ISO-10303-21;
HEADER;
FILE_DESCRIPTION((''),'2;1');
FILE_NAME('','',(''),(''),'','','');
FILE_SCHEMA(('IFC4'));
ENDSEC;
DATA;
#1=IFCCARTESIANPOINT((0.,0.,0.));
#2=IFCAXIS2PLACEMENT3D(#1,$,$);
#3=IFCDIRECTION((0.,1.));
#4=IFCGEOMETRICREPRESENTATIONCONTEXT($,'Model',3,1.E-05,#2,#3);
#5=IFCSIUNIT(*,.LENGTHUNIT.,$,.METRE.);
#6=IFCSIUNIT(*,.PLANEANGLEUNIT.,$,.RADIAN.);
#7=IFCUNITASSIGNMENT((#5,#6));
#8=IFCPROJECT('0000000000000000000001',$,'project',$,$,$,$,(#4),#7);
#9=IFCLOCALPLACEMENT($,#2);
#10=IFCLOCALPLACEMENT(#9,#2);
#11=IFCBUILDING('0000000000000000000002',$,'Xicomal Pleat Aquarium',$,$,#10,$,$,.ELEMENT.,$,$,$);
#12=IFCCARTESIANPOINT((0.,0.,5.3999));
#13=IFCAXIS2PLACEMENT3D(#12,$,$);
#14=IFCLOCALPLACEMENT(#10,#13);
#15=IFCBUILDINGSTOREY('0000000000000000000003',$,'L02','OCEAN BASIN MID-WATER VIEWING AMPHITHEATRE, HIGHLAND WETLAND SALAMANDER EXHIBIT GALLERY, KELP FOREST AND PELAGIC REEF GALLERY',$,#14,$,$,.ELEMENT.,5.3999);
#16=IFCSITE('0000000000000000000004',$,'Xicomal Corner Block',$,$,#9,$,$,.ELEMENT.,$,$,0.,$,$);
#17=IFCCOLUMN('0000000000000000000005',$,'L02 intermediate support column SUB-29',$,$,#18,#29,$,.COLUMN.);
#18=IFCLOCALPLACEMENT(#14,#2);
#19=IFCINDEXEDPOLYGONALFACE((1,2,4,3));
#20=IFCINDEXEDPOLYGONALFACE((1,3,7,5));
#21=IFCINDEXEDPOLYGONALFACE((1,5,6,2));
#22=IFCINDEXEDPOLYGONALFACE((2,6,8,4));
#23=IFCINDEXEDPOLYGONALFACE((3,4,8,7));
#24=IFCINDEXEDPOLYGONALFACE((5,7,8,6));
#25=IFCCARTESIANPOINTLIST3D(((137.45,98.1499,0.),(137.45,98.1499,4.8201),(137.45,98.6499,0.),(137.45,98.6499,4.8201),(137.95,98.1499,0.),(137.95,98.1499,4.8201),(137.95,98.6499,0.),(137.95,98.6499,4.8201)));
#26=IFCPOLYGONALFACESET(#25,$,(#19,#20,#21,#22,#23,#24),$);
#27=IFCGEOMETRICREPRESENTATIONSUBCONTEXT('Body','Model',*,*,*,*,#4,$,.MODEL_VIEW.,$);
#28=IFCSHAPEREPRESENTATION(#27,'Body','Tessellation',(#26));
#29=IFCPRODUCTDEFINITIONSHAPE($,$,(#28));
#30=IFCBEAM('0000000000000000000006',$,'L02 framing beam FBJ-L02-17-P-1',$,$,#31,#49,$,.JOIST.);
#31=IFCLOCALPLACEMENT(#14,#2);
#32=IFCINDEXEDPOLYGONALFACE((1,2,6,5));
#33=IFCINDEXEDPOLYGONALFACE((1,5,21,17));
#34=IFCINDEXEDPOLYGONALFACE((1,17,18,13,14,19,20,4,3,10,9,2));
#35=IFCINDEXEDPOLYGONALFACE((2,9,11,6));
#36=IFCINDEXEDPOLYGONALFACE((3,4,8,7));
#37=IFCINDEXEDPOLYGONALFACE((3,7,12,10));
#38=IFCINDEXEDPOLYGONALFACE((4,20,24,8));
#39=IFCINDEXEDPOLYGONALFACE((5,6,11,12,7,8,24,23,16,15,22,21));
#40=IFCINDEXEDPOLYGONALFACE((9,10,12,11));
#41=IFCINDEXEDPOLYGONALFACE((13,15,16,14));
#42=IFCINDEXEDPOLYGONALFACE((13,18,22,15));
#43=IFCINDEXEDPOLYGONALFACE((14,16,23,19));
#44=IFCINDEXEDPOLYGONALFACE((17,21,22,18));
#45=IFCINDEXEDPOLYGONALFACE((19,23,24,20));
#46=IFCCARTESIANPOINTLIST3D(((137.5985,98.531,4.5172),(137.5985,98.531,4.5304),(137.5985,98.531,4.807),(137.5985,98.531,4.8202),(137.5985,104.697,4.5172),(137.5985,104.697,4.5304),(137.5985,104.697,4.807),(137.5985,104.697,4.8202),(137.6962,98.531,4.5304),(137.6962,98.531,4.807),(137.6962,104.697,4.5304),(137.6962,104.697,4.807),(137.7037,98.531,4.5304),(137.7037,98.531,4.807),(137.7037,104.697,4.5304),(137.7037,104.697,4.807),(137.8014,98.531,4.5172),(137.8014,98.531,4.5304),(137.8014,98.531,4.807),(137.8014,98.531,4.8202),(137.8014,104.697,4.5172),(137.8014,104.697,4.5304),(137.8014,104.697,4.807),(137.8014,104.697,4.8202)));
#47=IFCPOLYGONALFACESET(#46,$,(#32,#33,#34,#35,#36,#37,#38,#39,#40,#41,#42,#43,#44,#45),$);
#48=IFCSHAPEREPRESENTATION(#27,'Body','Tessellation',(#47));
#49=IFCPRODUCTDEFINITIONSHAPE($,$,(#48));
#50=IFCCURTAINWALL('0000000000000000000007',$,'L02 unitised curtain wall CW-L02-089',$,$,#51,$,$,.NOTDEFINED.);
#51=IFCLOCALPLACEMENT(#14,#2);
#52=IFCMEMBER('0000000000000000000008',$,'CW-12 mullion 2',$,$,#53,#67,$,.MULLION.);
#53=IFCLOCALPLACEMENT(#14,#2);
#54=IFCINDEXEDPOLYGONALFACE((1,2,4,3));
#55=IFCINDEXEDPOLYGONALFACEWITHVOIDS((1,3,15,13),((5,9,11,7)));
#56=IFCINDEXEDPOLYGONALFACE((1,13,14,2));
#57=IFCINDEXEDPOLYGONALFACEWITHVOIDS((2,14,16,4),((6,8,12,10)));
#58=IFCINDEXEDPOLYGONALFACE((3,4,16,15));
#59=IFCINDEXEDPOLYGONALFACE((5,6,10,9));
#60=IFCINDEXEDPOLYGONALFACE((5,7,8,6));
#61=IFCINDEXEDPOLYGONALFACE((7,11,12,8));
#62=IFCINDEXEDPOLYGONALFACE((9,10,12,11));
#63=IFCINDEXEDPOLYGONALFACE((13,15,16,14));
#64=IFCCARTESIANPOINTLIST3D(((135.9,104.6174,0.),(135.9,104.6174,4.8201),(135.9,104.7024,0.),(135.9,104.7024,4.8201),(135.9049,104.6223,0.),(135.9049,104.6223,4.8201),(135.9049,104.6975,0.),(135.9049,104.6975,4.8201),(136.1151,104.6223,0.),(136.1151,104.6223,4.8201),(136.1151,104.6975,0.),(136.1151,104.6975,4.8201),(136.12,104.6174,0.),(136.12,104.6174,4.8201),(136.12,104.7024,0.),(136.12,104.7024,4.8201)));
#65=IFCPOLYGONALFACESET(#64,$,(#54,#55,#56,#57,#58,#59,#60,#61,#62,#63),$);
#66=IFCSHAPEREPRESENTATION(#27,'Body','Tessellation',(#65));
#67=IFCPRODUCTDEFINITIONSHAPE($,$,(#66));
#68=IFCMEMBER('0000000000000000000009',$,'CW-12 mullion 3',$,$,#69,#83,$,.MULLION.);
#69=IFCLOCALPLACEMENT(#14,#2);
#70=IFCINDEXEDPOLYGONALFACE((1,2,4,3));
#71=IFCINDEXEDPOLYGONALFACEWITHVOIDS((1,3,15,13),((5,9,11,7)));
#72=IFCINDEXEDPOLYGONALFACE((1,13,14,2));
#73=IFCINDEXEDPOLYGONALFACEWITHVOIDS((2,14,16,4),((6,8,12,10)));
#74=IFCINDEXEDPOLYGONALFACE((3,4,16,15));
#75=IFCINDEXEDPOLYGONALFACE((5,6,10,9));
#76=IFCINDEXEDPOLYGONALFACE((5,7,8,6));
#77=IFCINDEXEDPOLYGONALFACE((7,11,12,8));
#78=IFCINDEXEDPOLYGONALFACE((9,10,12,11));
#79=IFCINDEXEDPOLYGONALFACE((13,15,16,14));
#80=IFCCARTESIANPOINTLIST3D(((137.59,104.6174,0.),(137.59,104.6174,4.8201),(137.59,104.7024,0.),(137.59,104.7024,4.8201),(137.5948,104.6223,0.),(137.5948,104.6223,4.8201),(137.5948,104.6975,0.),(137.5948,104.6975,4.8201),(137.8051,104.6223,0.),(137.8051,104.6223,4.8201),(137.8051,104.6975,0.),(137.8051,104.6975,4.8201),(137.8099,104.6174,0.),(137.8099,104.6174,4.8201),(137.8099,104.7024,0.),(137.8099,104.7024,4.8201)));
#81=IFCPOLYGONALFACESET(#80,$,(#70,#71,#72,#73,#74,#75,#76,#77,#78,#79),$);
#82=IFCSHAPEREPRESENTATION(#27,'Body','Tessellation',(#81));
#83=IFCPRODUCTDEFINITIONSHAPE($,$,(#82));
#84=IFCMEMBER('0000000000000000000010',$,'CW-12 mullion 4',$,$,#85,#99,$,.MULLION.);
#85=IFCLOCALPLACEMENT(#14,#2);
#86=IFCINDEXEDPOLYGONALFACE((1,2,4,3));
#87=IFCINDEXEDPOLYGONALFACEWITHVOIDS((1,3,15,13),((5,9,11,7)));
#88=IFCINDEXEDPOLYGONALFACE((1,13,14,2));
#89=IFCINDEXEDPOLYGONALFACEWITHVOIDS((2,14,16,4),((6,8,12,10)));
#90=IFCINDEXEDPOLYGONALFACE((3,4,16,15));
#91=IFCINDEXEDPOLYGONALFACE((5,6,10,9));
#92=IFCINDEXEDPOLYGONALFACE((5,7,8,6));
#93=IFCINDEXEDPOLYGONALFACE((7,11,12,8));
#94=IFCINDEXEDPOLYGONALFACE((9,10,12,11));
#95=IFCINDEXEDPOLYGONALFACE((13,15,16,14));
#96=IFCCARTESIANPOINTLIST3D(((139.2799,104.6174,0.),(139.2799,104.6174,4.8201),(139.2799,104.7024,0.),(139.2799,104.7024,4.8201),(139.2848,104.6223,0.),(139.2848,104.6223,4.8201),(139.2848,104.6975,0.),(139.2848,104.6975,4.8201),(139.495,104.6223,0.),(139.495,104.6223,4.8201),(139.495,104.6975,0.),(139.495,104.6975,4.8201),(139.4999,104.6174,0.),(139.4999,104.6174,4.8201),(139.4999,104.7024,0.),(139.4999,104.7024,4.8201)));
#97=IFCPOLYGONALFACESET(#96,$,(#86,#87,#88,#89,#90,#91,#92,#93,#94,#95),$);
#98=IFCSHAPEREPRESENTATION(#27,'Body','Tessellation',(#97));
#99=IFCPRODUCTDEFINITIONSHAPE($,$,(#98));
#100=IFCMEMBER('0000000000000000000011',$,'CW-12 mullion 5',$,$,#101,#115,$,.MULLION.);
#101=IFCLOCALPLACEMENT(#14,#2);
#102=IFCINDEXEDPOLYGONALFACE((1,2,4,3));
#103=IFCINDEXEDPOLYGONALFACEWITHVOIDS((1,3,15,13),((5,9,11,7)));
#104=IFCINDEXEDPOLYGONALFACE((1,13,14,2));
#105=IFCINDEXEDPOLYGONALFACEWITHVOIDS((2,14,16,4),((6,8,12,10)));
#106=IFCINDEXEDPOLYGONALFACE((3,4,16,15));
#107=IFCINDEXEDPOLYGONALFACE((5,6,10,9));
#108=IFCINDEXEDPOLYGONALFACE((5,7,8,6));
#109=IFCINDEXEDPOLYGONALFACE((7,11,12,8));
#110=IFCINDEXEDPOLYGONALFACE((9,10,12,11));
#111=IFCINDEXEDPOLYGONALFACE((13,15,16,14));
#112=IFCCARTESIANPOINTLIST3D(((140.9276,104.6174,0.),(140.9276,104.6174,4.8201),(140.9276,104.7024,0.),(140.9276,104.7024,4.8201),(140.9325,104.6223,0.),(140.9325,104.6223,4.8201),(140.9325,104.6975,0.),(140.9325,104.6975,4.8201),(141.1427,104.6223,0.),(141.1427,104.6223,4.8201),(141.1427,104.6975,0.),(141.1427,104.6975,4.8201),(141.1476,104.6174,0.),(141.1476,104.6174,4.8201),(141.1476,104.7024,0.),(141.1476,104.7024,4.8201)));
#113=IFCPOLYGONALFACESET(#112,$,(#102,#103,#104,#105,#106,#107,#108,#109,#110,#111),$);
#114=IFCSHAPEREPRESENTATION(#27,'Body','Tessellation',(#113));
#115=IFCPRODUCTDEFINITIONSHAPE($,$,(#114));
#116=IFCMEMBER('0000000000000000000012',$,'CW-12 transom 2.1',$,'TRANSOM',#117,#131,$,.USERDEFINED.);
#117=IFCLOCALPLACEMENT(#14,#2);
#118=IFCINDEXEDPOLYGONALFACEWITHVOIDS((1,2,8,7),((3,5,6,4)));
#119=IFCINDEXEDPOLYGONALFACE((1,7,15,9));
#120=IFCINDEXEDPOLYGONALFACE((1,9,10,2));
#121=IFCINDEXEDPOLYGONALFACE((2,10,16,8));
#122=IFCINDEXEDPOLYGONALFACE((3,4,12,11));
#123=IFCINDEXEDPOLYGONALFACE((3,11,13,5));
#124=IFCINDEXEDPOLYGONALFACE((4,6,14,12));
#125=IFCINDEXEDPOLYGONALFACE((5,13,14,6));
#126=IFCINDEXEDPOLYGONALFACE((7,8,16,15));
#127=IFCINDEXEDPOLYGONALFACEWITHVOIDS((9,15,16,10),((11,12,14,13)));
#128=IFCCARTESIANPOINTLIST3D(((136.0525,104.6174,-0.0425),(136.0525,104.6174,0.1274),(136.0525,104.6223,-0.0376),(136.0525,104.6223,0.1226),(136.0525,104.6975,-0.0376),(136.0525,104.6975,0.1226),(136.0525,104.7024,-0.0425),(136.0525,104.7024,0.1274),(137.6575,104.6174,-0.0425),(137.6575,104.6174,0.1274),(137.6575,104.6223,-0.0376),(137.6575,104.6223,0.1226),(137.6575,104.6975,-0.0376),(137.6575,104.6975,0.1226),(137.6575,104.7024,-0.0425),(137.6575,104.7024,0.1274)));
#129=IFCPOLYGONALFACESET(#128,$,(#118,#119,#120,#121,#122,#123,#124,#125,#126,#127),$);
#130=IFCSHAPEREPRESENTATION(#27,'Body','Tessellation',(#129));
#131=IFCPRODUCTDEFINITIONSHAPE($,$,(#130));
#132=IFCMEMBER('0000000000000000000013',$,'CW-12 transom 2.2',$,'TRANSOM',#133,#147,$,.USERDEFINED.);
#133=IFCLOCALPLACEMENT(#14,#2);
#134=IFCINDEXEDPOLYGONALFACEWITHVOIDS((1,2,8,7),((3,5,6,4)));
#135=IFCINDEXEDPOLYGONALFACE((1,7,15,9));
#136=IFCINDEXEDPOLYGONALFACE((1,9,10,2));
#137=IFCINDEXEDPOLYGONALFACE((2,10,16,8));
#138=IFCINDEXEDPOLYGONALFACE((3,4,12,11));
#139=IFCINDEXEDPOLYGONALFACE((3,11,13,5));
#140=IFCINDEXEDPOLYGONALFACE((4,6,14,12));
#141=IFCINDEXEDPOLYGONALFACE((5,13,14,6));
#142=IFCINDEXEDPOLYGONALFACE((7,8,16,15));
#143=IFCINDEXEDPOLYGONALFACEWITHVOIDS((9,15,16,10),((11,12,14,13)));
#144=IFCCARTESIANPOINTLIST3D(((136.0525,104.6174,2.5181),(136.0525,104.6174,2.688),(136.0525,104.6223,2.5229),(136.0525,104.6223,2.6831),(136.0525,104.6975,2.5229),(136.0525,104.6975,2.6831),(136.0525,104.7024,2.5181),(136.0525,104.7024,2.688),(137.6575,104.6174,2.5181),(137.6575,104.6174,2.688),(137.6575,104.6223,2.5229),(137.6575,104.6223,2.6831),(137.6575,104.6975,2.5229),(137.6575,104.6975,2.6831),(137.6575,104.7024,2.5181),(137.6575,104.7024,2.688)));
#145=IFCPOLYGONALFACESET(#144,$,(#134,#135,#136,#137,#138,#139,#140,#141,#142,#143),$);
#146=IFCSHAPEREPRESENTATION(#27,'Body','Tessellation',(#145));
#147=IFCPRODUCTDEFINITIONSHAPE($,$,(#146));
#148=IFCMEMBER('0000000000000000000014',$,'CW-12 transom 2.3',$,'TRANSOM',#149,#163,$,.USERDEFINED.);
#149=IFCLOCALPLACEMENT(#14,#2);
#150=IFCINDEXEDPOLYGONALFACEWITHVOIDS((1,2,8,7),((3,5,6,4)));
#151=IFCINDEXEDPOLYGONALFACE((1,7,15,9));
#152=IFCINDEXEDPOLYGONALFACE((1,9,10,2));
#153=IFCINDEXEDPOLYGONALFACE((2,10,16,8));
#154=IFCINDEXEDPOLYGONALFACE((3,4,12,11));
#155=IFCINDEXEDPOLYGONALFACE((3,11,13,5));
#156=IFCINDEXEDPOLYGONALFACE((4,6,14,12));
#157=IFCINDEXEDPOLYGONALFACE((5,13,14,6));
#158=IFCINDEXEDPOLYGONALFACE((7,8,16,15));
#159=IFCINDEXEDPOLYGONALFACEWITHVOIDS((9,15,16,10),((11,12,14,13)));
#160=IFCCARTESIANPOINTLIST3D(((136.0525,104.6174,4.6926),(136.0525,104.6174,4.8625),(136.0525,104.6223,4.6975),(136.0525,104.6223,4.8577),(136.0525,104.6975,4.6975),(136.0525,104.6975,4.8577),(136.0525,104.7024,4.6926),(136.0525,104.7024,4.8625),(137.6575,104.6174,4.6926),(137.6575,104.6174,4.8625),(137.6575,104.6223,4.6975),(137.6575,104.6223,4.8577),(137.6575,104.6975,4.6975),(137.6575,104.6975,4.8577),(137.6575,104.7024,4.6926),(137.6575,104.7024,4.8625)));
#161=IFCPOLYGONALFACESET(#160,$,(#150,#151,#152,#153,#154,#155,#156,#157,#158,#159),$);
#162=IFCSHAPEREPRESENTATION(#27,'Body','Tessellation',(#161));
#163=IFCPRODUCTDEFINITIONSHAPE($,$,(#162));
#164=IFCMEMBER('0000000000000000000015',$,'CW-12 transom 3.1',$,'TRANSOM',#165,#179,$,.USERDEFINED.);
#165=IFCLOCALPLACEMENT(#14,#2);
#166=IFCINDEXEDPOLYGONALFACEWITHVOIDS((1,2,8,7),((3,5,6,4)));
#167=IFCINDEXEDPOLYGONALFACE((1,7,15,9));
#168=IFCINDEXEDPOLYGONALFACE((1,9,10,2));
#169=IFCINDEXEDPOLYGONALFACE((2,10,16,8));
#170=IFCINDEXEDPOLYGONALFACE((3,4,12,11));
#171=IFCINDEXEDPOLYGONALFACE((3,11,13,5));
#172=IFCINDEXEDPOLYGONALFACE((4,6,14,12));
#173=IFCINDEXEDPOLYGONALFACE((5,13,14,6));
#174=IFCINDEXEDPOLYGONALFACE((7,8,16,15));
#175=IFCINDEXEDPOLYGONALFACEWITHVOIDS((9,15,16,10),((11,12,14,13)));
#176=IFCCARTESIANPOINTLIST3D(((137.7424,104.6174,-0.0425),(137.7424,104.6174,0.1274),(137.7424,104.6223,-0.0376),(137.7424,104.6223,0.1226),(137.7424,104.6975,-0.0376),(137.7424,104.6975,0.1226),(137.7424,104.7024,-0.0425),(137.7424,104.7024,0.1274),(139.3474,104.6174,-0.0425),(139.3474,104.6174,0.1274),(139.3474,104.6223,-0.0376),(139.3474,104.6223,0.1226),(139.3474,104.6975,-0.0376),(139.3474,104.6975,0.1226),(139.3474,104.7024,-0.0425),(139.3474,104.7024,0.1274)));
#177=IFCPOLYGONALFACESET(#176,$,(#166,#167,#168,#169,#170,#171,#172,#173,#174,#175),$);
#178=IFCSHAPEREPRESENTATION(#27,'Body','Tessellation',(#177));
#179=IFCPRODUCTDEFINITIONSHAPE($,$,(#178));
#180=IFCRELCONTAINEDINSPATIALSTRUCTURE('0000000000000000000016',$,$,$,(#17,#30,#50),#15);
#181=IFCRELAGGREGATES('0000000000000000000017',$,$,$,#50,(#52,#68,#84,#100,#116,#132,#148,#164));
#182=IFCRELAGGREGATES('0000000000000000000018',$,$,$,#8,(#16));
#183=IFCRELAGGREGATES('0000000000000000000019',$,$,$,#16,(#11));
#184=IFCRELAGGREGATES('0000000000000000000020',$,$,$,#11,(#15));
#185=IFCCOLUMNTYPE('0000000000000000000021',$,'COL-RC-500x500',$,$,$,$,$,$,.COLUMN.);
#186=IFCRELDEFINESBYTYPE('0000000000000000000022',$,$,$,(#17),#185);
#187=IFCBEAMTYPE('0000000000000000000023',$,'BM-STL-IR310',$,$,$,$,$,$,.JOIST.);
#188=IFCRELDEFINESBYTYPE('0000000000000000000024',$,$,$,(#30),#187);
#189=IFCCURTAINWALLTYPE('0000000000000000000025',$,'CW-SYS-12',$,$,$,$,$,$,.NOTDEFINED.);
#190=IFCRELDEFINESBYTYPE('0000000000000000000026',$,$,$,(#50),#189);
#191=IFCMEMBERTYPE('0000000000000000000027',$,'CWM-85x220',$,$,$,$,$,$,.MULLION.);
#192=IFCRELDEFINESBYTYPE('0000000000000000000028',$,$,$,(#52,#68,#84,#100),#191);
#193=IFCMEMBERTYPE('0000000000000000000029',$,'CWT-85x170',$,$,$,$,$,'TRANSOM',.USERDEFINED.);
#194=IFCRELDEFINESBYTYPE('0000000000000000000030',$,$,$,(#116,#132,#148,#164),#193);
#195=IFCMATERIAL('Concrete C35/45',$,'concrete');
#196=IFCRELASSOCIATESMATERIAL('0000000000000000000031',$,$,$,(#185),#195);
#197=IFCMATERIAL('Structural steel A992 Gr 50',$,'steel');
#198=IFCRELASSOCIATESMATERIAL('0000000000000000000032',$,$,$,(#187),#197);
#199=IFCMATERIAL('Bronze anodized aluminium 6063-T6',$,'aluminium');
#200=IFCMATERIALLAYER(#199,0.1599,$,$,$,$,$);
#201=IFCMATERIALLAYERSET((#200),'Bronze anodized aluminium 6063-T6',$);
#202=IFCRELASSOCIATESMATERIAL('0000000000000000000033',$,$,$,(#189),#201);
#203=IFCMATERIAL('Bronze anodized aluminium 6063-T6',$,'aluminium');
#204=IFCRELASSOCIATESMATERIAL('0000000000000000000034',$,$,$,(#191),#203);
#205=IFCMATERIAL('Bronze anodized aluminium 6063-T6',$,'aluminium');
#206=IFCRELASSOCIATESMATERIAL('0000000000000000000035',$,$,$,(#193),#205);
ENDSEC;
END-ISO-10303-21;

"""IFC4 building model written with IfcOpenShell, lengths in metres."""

from ifc_helpers import new_model, si_unit, direction, frame, origin, origin_2d, place, context, subcontext, project, spatial, rectangle, hollow_rectangle, i_section, extrude, material, layer, layer_set, material_profile, profile_set, type_object, element, aggregate, save


model = new_model("IFC4")

# Units and contexts
model_context = context("Model", 3, precision=1e-05, world=origin(), true_north=direction((0.0, 1.0)))
body_context = subcontext(model_context, "Body", "Model", "MODEL_VIEW")
ifc_project = project(units=[si_unit("LENGTHUNIT", "METRE"), si_unit("PLANEANGLEUNIT", "RADIAN")], contexts=[model_context])

# Site, building, storey
site_placement = place(None, origin())
site = spatial("IfcSite", under=ifc_project, at=site_placement, Name="Xicomal Corner Block", CompositionType="ELEMENT", RefElevation=0.0)
building_placement = place(site_placement, origin())
building = spatial("IfcBuilding", under=site, at=building_placement, Name="Xicomal Pleat Aquarium", CompositionType="ELEMENT")
storey_placement = place(building_placement, frame((0.0, 0.0, 5.3999)))
storey = spatial("IfcBuildingStorey", under=building, at=storey_placement, Name="L02", Description="OCEAN BASIN MID-WATER VIEWING AMPHITHEATRE, HIGHLAND WETLAND SALAMANDER EXHIBIT GALLERY, KELP FOREST AND PELAGIC REEF GALLERY", CompositionType="ELEMENT", Elevation=5.3999)

# Column
ifc_material_1 = material(Name="Concrete C35/45", Category="concrete")
ifc_material_profile_1 = material_profile(ifc_material_1, rectangle(XDim=0.5, YDim=0.5, at=origin_2d()), Name="RC 500x500")
ifc_profile_set_1 = profile_set([ifc_material_profile_1], Name="Concrete C35/45")
column_type = type_object("IfcColumnType", Name="COL-RC-500x500", PredefinedType="COLUMN", material=ifc_profile_set_1)
column_placement = place(storey_placement, frame((137.7, 98.3999, 0.0), z_axis=(0.0, 0.0, 1.0), x_axis=(1.0, 0.0, 0.0)))
element("IfcColumn", 1, at=column_placement, inside=storey, type_object=column_type, Name="L02 intermediate support column SUB-29", PredefinedType="COLUMN", context=body_context, shape_type="SweptSolid", body=[
    extrude(rectangle(XDim=0.5, YDim=0.5, at=origin_2d()), origin(), (0.0, 0.0, 1.0), 4.8201),
])

# Beam
ifc_material_2 = material(Name="Structural steel A992 Gr 50", Category="steel")
ifc_material_profile_2 = material_profile(ifc_material_2, i_section(OverallWidth=0.2029, OverallDepth=0.303, WebThickness=0.0076, FlangeThickness=0.0132, at=origin_2d()), Name="IR 310x60")
ifc_profile_set_2 = profile_set([ifc_material_profile_2], Name="Structural steel A992 Gr 50")
beam_type = type_object("IfcBeamType", Name="BM-STL-IR310", PredefinedType="JOIST", material=ifc_profile_set_2)
beam_placement = place(storey_placement, frame((137.7, 98.531, 4.6687), z_axis=(0.0, 1.0, 0.0), x_axis=(-1.0, 0.0, 0.0)))
element("IfcBeam", 2, at=beam_placement, inside=storey, type_object=beam_type, Name="L02 framing beam FBJ-L02-17-P-1", PredefinedType="JOIST", context=body_context, shape_type="SweptSolid", body=[
    extrude(i_section(OverallWidth=0.2029, OverallDepth=0.303, WebThickness=0.0076, FlangeThickness=0.0132, at=origin_2d()), origin(), (0.0, 0.0, 1.0), 6.166),
])

# Curtain wall, members
ifc_material_3 = material(Name="Bronze anodized aluminium 6063-T6", Category="aluminium")
ifc_layer_1 = layer(ifc_material_3, 0.1599)
ifc_layer_set_1 = layer_set([ifc_layer_1], Name="Bronze anodized aluminium 6063-T6")
curtain_wall_type = type_object("IfcCurtainWallType", Name="CW-SYS-12", PredefinedType="NOTDEFINED", material=ifc_layer_set_1)
curtain_wall_placement = place(storey_placement, origin())
curtain_wall = element("IfcCurtainWall", 3, at=curtain_wall_placement, inside=storey, type_object=curtain_wall_type, Name="L02 unitised curtain wall CW-L02-089", PredefinedType="NOTDEFINED")
ifc_material_4 = material(Name="Bronze anodized aluminium 6063-T6", Category="aluminium")
ifc_material_profile_3 = material_profile(ifc_material_4, hollow_rectangle(XDim=0.085, YDim=0.22, WallThickness=0.0049, at=origin_2d()), Name="ALU MULL 85x220")
ifc_profile_set_3 = profile_set([ifc_material_profile_3], Name="Bronze anodized aluminium 6063-T6")
member_type_1 = type_object("IfcMemberType", Name="CWM-85x220", PredefinedType="MULLION", material=ifc_profile_set_3)
member_1_placement = place(storey_placement, frame((136.01, 104.6599, 0.0), z_axis=(0.0, 0.0, 1.0), x_axis=(0.0, 1.0, 0.0)))
member_1 = element("IfcMember", 4, at=member_1_placement, type_object=member_type_1, Name="CW-12 mullion 2", PredefinedType="MULLION", context=body_context, shape_type="SweptSolid", body=[
    extrude(hollow_rectangle(XDim=0.085, YDim=0.22, WallThickness=0.0049, at=origin_2d()), origin(), (0.0, 0.0, 1.0), 4.8201),
])
member_2_placement = place(storey_placement, frame((137.7, 104.6599, 0.0), z_axis=(0.0, 0.0, 1.0), x_axis=(0.0, 1.0, 0.0)))
member_2 = element("IfcMember", 5, at=member_2_placement, type_object=member_type_1, Name="CW-12 mullion 3", PredefinedType="MULLION", context=body_context, shape_type="SweptSolid", body=[
    extrude(hollow_rectangle(XDim=0.085, YDim=0.22, WallThickness=0.0049, at=origin_2d()), origin(), (0.0, 0.0, 1.0), 4.8201),
])
member_3_placement = place(storey_placement, frame((139.3899, 104.6599, 0.0), z_axis=(0.0, 0.0, 1.0), x_axis=(0.0, 1.0, 0.0)))
member_3 = element("IfcMember", 6, at=member_3_placement, type_object=member_type_1, Name="CW-12 mullion 4", PredefinedType="MULLION", context=body_context, shape_type="SweptSolid", body=[
    extrude(hollow_rectangle(XDim=0.085, YDim=0.22, WallThickness=0.0049, at=origin_2d()), origin(), (0.0, 0.0, 1.0), 4.8201),
])
member_4_placement = place(storey_placement, frame((141.0376, 104.6599, 0.0), z_axis=(0.0, 0.0, 1.0), x_axis=(0.0, 1.0, 0.0)))
member_4 = element("IfcMember", 7, at=member_4_placement, type_object=member_type_1, Name="CW-12 mullion 5", PredefinedType="MULLION", context=body_context, shape_type="SweptSolid", body=[
    extrude(hollow_rectangle(XDim=0.085, YDim=0.22, WallThickness=0.0049, at=origin_2d()), origin(), (0.0, 0.0, 1.0), 4.8201),
])
ifc_material_5 = material(Name="Bronze anodized aluminium 6063-T6", Category="aluminium")
ifc_material_profile_4 = material_profile(ifc_material_5, hollow_rectangle(XDim=0.085, YDim=0.1699, WallThickness=0.0049, at=origin_2d()), Name="ALU TRAN 85x170")
ifc_profile_set_4 = profile_set([ifc_material_profile_4], Name="Bronze anodized aluminium 6063-T6")
member_type_2 = type_object("IfcMemberType", Name="CWT-85x170", ElementType="TRANSOM", PredefinedType="USERDEFINED", material=ifc_profile_set_4)
member_5_placement = place(storey_placement, frame((136.0525, 104.6599, 0.0425), z_axis=(1.0, 0.0, 0.0), x_axis=(0.0, 1.0, 0.0)))
member_5 = element("IfcMember", 8, at=member_5_placement, type_object=member_type_2, Name="CW-12 transom 2.1", ObjectType="TRANSOM", PredefinedType="USERDEFINED", context=body_context, shape_type="SweptSolid", body=[
    extrude(hollow_rectangle(XDim=0.085, YDim=0.1699, WallThickness=0.0049, at=origin_2d()), origin(), (0.0, 0.0, 1.0), 1.605),
])
member_6_placement = place(storey_placement, frame((136.0525, 104.6599, 2.603), z_axis=(1.0, 0.0, 0.0), x_axis=(0.0, 1.0, 0.0)))
member_6 = element("IfcMember", 9, at=member_6_placement, type_object=member_type_2, Name="CW-12 transom 2.2", ObjectType="TRANSOM", PredefinedType="USERDEFINED", context=body_context, shape_type="SweptSolid", body=[
    extrude(hollow_rectangle(XDim=0.085, YDim=0.1699, WallThickness=0.0049, at=origin_2d()), origin(), (0.0, 0.0, 1.0), 1.605),
])
member_7_placement = place(storey_placement, frame((136.0525, 104.6599, 4.7776), z_axis=(1.0, 0.0, 0.0), x_axis=(0.0, 1.0, 0.0)))
member_7 = element("IfcMember", 10, at=member_7_placement, type_object=member_type_2, Name="CW-12 transom 2.3", ObjectType="TRANSOM", PredefinedType="USERDEFINED", context=body_context, shape_type="SweptSolid", body=[
    extrude(hollow_rectangle(XDim=0.085, YDim=0.1699, WallThickness=0.0049, at=origin_2d()), origin(), (0.0, 0.0, 1.0), 1.605),
])
member_8_placement = place(storey_placement, frame((137.7424, 104.6599, 0.0425), z_axis=(1.0, 0.0, 0.0), x_axis=(0.0, 1.0, 0.0)))
member_8 = element("IfcMember", 11, at=member_8_placement, type_object=member_type_2, Name="CW-12 transom 3.1", ObjectType="TRANSOM", PredefinedType="USERDEFINED", context=body_context, shape_type="SweptSolid", body=[
    extrude(hollow_rectangle(XDim=0.085, YDim=0.1699, WallThickness=0.0049, at=origin_2d()), origin(), (0.0, 0.0, 1.0), 1.605),
])
aggregate(curtain_wall, [member_1, member_2, member_3, member_4, member_5, member_6, member_7, member_8])

save(model, "model.ifc")
